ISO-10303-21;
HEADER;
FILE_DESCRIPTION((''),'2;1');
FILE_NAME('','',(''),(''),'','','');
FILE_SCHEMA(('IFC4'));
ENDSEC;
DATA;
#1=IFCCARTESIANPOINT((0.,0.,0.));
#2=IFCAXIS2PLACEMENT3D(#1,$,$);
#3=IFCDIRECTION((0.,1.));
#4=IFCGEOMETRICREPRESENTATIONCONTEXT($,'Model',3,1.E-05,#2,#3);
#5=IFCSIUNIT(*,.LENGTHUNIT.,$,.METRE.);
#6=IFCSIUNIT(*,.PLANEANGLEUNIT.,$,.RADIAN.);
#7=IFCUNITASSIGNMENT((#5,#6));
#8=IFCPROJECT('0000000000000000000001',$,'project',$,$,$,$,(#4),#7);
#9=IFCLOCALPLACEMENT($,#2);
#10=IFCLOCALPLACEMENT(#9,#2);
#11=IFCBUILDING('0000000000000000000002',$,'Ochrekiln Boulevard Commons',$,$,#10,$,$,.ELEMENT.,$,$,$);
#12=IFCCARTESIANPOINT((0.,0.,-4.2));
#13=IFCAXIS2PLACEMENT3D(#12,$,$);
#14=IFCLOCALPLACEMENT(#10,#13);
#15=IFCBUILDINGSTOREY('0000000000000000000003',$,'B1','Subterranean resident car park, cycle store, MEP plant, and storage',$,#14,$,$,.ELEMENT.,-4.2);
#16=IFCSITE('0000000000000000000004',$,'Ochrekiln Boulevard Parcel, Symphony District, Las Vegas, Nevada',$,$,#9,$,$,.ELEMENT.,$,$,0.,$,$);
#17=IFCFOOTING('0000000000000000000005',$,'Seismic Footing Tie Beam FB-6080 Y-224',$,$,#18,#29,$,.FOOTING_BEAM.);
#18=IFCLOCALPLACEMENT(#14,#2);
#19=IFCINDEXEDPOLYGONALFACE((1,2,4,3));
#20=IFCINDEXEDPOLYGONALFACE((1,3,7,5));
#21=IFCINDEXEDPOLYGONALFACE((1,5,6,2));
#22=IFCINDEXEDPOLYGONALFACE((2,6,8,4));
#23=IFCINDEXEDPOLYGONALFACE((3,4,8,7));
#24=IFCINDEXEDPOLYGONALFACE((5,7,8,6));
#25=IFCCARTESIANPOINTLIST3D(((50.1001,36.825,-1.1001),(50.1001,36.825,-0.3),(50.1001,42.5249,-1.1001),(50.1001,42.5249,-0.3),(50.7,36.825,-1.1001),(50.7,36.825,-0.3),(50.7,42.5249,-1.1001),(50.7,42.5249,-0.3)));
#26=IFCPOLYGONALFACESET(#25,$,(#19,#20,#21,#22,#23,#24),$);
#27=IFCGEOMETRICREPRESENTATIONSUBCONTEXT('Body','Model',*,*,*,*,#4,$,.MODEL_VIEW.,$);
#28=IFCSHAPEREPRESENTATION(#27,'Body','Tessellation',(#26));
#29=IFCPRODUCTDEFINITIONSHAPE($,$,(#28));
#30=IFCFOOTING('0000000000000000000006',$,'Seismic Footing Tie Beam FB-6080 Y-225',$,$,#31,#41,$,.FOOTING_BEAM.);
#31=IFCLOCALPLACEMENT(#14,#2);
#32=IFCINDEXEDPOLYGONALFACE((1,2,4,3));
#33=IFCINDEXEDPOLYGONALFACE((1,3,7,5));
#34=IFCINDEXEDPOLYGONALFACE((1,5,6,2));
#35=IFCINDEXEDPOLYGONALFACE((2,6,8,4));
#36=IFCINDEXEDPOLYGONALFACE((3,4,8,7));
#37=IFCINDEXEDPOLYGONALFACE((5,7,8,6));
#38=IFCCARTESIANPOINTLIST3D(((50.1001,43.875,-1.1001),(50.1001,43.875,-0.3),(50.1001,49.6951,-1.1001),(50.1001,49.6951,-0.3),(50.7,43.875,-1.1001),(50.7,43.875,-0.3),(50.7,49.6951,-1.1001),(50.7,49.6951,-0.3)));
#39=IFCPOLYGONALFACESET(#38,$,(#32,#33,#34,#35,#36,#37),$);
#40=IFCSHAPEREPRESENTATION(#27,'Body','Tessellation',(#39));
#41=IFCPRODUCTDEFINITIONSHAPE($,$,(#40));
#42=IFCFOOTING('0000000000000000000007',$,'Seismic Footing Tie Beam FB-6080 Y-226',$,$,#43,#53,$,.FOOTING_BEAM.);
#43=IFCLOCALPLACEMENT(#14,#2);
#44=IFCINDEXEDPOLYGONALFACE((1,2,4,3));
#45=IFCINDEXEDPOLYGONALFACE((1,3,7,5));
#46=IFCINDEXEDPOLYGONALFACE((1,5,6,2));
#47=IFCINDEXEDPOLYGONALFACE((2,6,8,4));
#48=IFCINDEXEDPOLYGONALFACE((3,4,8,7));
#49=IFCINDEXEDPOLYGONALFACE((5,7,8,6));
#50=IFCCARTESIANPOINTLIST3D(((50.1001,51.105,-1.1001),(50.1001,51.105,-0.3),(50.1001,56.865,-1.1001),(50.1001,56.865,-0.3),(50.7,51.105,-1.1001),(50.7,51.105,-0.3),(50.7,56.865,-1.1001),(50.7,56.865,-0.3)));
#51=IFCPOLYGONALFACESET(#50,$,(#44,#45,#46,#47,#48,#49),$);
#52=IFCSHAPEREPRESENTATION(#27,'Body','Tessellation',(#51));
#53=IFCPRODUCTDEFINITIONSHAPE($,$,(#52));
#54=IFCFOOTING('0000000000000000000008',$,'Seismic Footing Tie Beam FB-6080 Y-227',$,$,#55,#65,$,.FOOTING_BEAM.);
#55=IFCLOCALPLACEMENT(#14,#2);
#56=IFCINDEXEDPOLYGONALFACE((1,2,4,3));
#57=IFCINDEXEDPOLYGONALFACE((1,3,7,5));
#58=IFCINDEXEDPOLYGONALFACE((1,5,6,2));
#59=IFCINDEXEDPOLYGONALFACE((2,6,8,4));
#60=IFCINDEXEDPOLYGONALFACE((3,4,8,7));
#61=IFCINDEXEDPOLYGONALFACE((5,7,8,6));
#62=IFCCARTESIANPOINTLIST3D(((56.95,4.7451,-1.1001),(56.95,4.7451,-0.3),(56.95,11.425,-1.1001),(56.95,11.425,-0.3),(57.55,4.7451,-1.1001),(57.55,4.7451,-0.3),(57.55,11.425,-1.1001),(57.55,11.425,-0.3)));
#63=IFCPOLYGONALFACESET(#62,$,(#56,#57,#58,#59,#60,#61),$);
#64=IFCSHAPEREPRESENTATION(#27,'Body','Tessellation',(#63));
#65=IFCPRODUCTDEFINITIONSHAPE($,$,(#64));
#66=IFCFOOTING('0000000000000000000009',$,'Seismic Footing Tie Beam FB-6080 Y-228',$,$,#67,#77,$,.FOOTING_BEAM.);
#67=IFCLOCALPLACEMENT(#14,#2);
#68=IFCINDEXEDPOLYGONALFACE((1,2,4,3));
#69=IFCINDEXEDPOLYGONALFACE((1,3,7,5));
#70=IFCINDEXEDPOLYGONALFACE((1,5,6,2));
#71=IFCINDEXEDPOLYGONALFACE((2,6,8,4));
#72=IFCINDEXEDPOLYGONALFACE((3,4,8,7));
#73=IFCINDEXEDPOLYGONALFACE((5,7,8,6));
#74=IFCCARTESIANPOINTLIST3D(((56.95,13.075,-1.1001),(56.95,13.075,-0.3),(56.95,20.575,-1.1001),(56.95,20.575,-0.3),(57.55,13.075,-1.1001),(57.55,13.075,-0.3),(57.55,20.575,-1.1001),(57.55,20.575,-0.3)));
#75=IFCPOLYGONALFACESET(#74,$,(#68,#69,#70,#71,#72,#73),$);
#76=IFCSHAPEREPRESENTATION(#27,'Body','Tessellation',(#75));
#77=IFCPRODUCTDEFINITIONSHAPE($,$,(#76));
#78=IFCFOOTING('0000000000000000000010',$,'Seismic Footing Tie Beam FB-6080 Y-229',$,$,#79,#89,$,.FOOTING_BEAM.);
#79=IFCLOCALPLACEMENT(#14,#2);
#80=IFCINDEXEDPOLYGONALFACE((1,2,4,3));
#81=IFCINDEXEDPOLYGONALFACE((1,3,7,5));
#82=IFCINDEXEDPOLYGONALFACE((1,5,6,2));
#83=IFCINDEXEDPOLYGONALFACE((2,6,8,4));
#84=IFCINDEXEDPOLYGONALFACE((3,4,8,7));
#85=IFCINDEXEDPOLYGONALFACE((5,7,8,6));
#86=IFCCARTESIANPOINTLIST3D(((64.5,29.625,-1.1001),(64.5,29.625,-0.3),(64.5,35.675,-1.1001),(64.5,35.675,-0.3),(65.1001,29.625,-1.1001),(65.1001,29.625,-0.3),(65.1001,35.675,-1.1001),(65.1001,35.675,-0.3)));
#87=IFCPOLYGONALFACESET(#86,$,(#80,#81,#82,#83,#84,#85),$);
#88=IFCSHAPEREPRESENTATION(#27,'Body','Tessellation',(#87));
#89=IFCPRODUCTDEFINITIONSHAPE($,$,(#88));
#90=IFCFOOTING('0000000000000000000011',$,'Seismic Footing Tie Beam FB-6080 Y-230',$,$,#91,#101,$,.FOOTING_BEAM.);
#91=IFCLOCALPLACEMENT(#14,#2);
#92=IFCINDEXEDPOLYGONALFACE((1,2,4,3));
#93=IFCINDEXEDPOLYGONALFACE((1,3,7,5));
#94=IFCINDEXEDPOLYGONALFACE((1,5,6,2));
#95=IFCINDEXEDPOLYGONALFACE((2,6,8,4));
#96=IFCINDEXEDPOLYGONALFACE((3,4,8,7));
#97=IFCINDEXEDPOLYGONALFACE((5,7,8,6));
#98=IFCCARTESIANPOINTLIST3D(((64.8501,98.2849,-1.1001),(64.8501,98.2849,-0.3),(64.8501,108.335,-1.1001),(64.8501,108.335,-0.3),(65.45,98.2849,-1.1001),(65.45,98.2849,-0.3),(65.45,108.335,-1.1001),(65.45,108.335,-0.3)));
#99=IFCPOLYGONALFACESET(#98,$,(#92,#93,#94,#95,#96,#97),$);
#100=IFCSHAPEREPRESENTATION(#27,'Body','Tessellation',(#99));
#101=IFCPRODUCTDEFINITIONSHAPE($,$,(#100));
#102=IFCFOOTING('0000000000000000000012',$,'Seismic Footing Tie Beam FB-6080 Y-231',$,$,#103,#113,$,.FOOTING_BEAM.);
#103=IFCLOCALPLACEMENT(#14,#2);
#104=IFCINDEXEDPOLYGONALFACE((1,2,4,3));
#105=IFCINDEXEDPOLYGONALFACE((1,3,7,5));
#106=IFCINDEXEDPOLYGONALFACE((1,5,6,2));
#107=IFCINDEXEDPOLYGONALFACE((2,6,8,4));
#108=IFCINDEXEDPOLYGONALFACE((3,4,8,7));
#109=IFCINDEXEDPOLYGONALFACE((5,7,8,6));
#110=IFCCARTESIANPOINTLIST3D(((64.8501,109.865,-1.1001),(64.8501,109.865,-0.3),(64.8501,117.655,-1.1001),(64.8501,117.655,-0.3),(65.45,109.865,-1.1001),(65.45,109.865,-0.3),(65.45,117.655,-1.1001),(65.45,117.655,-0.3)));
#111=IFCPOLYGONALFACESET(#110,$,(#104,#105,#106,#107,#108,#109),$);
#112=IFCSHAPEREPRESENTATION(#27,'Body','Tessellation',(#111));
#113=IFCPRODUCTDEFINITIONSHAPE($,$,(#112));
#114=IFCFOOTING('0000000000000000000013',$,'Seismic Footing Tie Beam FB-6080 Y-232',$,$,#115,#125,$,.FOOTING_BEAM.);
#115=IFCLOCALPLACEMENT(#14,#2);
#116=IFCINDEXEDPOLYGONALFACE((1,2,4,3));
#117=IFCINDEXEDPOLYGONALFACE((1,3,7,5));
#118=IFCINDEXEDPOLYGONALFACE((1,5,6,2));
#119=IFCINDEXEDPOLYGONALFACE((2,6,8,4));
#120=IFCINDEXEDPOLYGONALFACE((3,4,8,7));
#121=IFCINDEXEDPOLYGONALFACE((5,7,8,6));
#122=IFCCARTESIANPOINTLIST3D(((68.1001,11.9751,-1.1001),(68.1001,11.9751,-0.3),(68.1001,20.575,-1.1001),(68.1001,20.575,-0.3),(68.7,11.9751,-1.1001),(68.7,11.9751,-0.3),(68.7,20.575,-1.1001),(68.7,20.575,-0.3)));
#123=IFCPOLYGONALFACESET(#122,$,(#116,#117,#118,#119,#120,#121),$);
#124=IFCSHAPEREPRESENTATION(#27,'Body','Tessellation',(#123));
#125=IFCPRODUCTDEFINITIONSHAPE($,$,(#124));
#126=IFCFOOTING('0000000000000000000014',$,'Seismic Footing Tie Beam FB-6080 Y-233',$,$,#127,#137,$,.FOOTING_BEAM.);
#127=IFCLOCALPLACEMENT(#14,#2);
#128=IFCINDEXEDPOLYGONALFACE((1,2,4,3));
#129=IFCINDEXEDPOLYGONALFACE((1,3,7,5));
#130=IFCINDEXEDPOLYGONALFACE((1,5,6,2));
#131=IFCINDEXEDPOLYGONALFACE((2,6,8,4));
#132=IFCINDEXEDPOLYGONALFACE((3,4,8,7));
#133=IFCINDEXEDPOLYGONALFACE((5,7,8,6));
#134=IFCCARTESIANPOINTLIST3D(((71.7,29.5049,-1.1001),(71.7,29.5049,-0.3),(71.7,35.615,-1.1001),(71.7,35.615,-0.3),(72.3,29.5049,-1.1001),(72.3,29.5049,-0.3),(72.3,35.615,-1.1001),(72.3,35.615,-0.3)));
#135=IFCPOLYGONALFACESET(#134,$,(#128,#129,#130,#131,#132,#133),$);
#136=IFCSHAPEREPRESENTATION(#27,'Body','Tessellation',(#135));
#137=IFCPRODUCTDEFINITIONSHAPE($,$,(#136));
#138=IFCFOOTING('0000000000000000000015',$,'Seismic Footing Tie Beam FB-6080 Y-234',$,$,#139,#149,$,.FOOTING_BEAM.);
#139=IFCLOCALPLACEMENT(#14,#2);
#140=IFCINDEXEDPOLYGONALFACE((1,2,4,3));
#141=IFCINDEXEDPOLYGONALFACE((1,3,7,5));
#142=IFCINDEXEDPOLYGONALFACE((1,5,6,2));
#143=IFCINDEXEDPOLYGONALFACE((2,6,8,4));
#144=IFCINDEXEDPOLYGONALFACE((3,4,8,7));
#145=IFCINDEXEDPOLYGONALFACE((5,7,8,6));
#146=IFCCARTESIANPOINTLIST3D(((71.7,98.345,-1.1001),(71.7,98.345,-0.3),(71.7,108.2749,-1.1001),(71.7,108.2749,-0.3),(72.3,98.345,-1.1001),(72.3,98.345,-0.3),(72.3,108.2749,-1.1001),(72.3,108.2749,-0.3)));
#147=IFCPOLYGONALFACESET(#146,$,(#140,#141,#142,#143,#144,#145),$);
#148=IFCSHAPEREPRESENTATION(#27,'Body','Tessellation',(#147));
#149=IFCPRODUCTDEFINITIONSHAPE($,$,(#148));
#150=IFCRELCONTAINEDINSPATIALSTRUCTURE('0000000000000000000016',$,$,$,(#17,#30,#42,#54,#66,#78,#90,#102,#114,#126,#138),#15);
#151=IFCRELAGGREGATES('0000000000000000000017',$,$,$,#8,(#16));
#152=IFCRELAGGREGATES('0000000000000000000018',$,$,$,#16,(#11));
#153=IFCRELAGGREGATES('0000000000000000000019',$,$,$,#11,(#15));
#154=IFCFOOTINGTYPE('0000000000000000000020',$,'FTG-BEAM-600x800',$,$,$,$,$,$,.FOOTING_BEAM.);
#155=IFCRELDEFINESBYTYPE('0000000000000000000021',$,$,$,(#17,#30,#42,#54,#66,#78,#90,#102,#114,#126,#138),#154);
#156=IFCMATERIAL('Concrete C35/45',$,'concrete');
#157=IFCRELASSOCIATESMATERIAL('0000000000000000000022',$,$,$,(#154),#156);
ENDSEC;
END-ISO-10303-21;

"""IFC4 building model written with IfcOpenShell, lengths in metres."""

from ifc_helpers import new_model, si_unit, direction, frame, origin, place, context, subcontext, project, spatial, polyline, outline, extrude, material, type_object, element, save


model = new_model("IFC4")

# Units and contexts
model_context = context("Model", 3, precision=1e-05, world=origin(), true_north=direction((0.0, 1.0)))
body_context = subcontext(model_context, "Body", "Model", "MODEL_VIEW")
ifc_project = project(units=[si_unit("LENGTHUNIT", "METRE"), si_unit("PLANEANGLEUNIT", "RADIAN")], contexts=[model_context])

# Site, building, storey
site_placement = place(None, origin())
site = spatial("IfcSite", under=ifc_project, at=site_placement, Name="Ochrekiln Boulevard Parcel, Symphony District, Las Vegas, Nevada", CompositionType="ELEMENT", RefElevation=0.0)
building_placement = place(site_placement, origin())
building = spatial("IfcBuilding", under=site, at=building_placement, Name="Ochrekiln Boulevard Commons", CompositionType="ELEMENT")
storey_placement = place(building_placement, frame((0.0, 0.0, -4.2)))
storey = spatial("IfcBuildingStorey", under=building, at=storey_placement, Name="B1", Description="Subterranean resident car park, cycle store, MEP plant, and storage", CompositionType="ELEMENT", Elevation=-4.2)

# Footings
ifc_material = material(Name="Concrete C35/45", Category="concrete")
footing_type = type_object("IfcFootingType", Name="FTG-BEAM-600x800", PredefinedType="FOOTING_BEAM", material=ifc_material)
footing_1_placement = place(storey_placement, frame((0.0, 0.0, -1.1001)))
element("IfcFooting", 1, at=footing_1_placement, inside=storey, type_object=footing_type, Name="Seismic Footing Tie Beam FB-6080 Y-224", PredefinedType="FOOTING_BEAM", context=body_context, shape_type="SweptSolid", body=[
    extrude(outline(polyline([(50.1001, 36.825), (50.7, 36.825), (50.7, 42.5249), (50.1001, 42.5249), (50.1001, 36.825)])), origin(), (0.0, 0.0, 1.0), 0.8),
])
footing_2_placement = place(storey_placement, frame((0.0, 0.0, -1.1001)))
element("IfcFooting", 2, at=footing_2_placement, inside=storey, type_object=footing_type, Name="Seismic Footing Tie Beam FB-6080 Y-225", PredefinedType="FOOTING_BEAM", context=body_context, shape_type="SweptSolid", body=[
    extrude(outline(polyline([(50.1001, 43.875), (50.7, 43.875), (50.7, 49.6951), (50.1001, 49.6951), (50.1001, 43.875)])), origin(), (0.0, 0.0, 1.0), 0.8),
])
footing_3_placement = place(storey_placement, frame((0.0, 0.0, -1.1001)))
element("IfcFooting", 3, at=footing_3_placement, inside=storey, type_object=footing_type, Name="Seismic Footing Tie Beam FB-6080 Y-226", PredefinedType="FOOTING_BEAM", context=body_context, shape_type="SweptSolid", body=[
    extrude(outline(polyline([(50.1001, 51.105), (50.7, 51.105), (50.7, 56.865), (50.1001, 56.865), (50.1001, 51.105)])), origin(), (0.0, 0.0, 1.0), 0.8),
])
footing_4_placement = place(storey_placement, frame((0.0, 0.0, -1.1001)))
element("IfcFooting", 4, at=footing_4_placement, inside=storey, type_object=footing_type, Name="Seismic Footing Tie Beam FB-6080 Y-227", PredefinedType="FOOTING_BEAM", context=body_context, shape_type="SweptSolid", body=[
    extrude(outline(polyline([(56.95, 4.7451), (57.55, 4.7451), (57.55, 11.425), (56.95, 11.425), (56.95, 4.7451)])), origin(), (0.0, 0.0, 1.0), 0.8),
])
footing_5_placement = place(storey_placement, frame((0.0, 0.0, -1.1001)))
element("IfcFooting", 5, at=footing_5_placement, inside=storey, type_object=footing_type, Name="Seismic Footing Tie Beam FB-6080 Y-228", PredefinedType="FOOTING_BEAM", context=body_context, shape_type="SweptSolid", body=[
    extrude(outline(polyline([(56.95, 13.075), (57.55, 13.075), (57.55, 20.575), (56.95, 20.575), (56.95, 13.075)])), origin(), (0.0, 0.0, 1.0), 0.8),
])
footing_6_placement = place(storey_placement, frame((0.0, 0.0, -1.1001)))
element("IfcFooting", 6, at=footing_6_placement, inside=storey, type_object=footing_type, Name="Seismic Footing Tie Beam FB-6080 Y-229", PredefinedType="FOOTING_BEAM", context=body_context, shape_type="SweptSolid", body=[
    extrude(outline(polyline([(64.5, 29.625), (65.1001, 29.625), (65.1001, 35.675), (64.5, 35.675), (64.5, 29.625)])), origin(), (0.0, 0.0, 1.0), 0.8),
])
footing_7_placement = place(storey_placement, frame((0.0, 0.0, -1.1001)))
element("IfcFooting", 7, at=footing_7_placement, inside=storey, type_object=footing_type, Name="Seismic Footing Tie Beam FB-6080 Y-230", PredefinedType="FOOTING_BEAM", context=body_context, shape_type="SweptSolid", body=[
    extrude(outline(polyline([(64.8501, 98.2849), (65.45, 98.2849), (65.45, 108.335), (64.8501, 108.335), (64.8501, 98.2849)])), origin(), (0.0, 0.0, 1.0), 0.8),
])
footing_8_placement = place(storey_placement, frame((0.0, 0.0, -1.1001)))
element("IfcFooting", 8, at=footing_8_placement, inside=storey, type_object=footing_type, Name="Seismic Footing Tie Beam FB-6080 Y-231", PredefinedType="FOOTING_BEAM", context=body_context, shape_type="SweptSolid", body=[
    extrude(outline(polyline([(64.8501, 109.865), (65.45, 109.865), (65.45, 117.655), (64.8501, 117.655), (64.8501, 109.865)])), origin(), (0.0, 0.0, 1.0), 0.8),
])
footing_9_placement = place(storey_placement, frame((0.0, 0.0, -1.1001)))
element("IfcFooting", 9, at=footing_9_placement, inside=storey, type_object=footing_type, Name="Seismic Footing Tie Beam FB-6080 Y-232", PredefinedType="FOOTING_BEAM", context=body_context, shape_type="SweptSolid", body=[
    extrude(outline(polyline([(68.1001, 11.9751), (68.7, 11.9751), (68.7, 20.575), (68.1001, 20.575), (68.1001, 11.9751)])), origin(), (0.0, 0.0, 1.0), 0.8),
])
footing_10_placement = place(storey_placement, frame((0.0, 0.0, -1.1001)))
element("IfcFooting", 10, at=footing_10_placement, inside=storey, type_object=footing_type, Name="Seismic Footing Tie Beam FB-6080 Y-233", PredefinedType="FOOTING_BEAM", context=body_context, shape_type="SweptSolid", body=[
    extrude(outline(polyline([(71.7, 29.5049), (72.3, 29.5049), (72.3, 35.615), (71.7, 35.615), (71.7, 29.5049)])), origin(), (0.0, 0.0, 1.0), 0.8),
])
footing_11_placement = place(storey_placement, frame((0.0, 0.0, -1.1001)))
element("IfcFooting", 11, at=footing_11_placement, inside=storey, type_object=footing_type, Name="Seismic Footing Tie Beam FB-6080 Y-234", PredefinedType="FOOTING_BEAM", context=body_context, shape_type="SweptSolid", body=[
    extrude(outline(polyline([(71.7, 98.345), (72.3, 98.345), (72.3, 108.2749), (71.7, 108.2749), (71.7, 98.345)])), origin(), (0.0, 0.0, 1.0), 0.8),
])

save(model, "model.ifc")
